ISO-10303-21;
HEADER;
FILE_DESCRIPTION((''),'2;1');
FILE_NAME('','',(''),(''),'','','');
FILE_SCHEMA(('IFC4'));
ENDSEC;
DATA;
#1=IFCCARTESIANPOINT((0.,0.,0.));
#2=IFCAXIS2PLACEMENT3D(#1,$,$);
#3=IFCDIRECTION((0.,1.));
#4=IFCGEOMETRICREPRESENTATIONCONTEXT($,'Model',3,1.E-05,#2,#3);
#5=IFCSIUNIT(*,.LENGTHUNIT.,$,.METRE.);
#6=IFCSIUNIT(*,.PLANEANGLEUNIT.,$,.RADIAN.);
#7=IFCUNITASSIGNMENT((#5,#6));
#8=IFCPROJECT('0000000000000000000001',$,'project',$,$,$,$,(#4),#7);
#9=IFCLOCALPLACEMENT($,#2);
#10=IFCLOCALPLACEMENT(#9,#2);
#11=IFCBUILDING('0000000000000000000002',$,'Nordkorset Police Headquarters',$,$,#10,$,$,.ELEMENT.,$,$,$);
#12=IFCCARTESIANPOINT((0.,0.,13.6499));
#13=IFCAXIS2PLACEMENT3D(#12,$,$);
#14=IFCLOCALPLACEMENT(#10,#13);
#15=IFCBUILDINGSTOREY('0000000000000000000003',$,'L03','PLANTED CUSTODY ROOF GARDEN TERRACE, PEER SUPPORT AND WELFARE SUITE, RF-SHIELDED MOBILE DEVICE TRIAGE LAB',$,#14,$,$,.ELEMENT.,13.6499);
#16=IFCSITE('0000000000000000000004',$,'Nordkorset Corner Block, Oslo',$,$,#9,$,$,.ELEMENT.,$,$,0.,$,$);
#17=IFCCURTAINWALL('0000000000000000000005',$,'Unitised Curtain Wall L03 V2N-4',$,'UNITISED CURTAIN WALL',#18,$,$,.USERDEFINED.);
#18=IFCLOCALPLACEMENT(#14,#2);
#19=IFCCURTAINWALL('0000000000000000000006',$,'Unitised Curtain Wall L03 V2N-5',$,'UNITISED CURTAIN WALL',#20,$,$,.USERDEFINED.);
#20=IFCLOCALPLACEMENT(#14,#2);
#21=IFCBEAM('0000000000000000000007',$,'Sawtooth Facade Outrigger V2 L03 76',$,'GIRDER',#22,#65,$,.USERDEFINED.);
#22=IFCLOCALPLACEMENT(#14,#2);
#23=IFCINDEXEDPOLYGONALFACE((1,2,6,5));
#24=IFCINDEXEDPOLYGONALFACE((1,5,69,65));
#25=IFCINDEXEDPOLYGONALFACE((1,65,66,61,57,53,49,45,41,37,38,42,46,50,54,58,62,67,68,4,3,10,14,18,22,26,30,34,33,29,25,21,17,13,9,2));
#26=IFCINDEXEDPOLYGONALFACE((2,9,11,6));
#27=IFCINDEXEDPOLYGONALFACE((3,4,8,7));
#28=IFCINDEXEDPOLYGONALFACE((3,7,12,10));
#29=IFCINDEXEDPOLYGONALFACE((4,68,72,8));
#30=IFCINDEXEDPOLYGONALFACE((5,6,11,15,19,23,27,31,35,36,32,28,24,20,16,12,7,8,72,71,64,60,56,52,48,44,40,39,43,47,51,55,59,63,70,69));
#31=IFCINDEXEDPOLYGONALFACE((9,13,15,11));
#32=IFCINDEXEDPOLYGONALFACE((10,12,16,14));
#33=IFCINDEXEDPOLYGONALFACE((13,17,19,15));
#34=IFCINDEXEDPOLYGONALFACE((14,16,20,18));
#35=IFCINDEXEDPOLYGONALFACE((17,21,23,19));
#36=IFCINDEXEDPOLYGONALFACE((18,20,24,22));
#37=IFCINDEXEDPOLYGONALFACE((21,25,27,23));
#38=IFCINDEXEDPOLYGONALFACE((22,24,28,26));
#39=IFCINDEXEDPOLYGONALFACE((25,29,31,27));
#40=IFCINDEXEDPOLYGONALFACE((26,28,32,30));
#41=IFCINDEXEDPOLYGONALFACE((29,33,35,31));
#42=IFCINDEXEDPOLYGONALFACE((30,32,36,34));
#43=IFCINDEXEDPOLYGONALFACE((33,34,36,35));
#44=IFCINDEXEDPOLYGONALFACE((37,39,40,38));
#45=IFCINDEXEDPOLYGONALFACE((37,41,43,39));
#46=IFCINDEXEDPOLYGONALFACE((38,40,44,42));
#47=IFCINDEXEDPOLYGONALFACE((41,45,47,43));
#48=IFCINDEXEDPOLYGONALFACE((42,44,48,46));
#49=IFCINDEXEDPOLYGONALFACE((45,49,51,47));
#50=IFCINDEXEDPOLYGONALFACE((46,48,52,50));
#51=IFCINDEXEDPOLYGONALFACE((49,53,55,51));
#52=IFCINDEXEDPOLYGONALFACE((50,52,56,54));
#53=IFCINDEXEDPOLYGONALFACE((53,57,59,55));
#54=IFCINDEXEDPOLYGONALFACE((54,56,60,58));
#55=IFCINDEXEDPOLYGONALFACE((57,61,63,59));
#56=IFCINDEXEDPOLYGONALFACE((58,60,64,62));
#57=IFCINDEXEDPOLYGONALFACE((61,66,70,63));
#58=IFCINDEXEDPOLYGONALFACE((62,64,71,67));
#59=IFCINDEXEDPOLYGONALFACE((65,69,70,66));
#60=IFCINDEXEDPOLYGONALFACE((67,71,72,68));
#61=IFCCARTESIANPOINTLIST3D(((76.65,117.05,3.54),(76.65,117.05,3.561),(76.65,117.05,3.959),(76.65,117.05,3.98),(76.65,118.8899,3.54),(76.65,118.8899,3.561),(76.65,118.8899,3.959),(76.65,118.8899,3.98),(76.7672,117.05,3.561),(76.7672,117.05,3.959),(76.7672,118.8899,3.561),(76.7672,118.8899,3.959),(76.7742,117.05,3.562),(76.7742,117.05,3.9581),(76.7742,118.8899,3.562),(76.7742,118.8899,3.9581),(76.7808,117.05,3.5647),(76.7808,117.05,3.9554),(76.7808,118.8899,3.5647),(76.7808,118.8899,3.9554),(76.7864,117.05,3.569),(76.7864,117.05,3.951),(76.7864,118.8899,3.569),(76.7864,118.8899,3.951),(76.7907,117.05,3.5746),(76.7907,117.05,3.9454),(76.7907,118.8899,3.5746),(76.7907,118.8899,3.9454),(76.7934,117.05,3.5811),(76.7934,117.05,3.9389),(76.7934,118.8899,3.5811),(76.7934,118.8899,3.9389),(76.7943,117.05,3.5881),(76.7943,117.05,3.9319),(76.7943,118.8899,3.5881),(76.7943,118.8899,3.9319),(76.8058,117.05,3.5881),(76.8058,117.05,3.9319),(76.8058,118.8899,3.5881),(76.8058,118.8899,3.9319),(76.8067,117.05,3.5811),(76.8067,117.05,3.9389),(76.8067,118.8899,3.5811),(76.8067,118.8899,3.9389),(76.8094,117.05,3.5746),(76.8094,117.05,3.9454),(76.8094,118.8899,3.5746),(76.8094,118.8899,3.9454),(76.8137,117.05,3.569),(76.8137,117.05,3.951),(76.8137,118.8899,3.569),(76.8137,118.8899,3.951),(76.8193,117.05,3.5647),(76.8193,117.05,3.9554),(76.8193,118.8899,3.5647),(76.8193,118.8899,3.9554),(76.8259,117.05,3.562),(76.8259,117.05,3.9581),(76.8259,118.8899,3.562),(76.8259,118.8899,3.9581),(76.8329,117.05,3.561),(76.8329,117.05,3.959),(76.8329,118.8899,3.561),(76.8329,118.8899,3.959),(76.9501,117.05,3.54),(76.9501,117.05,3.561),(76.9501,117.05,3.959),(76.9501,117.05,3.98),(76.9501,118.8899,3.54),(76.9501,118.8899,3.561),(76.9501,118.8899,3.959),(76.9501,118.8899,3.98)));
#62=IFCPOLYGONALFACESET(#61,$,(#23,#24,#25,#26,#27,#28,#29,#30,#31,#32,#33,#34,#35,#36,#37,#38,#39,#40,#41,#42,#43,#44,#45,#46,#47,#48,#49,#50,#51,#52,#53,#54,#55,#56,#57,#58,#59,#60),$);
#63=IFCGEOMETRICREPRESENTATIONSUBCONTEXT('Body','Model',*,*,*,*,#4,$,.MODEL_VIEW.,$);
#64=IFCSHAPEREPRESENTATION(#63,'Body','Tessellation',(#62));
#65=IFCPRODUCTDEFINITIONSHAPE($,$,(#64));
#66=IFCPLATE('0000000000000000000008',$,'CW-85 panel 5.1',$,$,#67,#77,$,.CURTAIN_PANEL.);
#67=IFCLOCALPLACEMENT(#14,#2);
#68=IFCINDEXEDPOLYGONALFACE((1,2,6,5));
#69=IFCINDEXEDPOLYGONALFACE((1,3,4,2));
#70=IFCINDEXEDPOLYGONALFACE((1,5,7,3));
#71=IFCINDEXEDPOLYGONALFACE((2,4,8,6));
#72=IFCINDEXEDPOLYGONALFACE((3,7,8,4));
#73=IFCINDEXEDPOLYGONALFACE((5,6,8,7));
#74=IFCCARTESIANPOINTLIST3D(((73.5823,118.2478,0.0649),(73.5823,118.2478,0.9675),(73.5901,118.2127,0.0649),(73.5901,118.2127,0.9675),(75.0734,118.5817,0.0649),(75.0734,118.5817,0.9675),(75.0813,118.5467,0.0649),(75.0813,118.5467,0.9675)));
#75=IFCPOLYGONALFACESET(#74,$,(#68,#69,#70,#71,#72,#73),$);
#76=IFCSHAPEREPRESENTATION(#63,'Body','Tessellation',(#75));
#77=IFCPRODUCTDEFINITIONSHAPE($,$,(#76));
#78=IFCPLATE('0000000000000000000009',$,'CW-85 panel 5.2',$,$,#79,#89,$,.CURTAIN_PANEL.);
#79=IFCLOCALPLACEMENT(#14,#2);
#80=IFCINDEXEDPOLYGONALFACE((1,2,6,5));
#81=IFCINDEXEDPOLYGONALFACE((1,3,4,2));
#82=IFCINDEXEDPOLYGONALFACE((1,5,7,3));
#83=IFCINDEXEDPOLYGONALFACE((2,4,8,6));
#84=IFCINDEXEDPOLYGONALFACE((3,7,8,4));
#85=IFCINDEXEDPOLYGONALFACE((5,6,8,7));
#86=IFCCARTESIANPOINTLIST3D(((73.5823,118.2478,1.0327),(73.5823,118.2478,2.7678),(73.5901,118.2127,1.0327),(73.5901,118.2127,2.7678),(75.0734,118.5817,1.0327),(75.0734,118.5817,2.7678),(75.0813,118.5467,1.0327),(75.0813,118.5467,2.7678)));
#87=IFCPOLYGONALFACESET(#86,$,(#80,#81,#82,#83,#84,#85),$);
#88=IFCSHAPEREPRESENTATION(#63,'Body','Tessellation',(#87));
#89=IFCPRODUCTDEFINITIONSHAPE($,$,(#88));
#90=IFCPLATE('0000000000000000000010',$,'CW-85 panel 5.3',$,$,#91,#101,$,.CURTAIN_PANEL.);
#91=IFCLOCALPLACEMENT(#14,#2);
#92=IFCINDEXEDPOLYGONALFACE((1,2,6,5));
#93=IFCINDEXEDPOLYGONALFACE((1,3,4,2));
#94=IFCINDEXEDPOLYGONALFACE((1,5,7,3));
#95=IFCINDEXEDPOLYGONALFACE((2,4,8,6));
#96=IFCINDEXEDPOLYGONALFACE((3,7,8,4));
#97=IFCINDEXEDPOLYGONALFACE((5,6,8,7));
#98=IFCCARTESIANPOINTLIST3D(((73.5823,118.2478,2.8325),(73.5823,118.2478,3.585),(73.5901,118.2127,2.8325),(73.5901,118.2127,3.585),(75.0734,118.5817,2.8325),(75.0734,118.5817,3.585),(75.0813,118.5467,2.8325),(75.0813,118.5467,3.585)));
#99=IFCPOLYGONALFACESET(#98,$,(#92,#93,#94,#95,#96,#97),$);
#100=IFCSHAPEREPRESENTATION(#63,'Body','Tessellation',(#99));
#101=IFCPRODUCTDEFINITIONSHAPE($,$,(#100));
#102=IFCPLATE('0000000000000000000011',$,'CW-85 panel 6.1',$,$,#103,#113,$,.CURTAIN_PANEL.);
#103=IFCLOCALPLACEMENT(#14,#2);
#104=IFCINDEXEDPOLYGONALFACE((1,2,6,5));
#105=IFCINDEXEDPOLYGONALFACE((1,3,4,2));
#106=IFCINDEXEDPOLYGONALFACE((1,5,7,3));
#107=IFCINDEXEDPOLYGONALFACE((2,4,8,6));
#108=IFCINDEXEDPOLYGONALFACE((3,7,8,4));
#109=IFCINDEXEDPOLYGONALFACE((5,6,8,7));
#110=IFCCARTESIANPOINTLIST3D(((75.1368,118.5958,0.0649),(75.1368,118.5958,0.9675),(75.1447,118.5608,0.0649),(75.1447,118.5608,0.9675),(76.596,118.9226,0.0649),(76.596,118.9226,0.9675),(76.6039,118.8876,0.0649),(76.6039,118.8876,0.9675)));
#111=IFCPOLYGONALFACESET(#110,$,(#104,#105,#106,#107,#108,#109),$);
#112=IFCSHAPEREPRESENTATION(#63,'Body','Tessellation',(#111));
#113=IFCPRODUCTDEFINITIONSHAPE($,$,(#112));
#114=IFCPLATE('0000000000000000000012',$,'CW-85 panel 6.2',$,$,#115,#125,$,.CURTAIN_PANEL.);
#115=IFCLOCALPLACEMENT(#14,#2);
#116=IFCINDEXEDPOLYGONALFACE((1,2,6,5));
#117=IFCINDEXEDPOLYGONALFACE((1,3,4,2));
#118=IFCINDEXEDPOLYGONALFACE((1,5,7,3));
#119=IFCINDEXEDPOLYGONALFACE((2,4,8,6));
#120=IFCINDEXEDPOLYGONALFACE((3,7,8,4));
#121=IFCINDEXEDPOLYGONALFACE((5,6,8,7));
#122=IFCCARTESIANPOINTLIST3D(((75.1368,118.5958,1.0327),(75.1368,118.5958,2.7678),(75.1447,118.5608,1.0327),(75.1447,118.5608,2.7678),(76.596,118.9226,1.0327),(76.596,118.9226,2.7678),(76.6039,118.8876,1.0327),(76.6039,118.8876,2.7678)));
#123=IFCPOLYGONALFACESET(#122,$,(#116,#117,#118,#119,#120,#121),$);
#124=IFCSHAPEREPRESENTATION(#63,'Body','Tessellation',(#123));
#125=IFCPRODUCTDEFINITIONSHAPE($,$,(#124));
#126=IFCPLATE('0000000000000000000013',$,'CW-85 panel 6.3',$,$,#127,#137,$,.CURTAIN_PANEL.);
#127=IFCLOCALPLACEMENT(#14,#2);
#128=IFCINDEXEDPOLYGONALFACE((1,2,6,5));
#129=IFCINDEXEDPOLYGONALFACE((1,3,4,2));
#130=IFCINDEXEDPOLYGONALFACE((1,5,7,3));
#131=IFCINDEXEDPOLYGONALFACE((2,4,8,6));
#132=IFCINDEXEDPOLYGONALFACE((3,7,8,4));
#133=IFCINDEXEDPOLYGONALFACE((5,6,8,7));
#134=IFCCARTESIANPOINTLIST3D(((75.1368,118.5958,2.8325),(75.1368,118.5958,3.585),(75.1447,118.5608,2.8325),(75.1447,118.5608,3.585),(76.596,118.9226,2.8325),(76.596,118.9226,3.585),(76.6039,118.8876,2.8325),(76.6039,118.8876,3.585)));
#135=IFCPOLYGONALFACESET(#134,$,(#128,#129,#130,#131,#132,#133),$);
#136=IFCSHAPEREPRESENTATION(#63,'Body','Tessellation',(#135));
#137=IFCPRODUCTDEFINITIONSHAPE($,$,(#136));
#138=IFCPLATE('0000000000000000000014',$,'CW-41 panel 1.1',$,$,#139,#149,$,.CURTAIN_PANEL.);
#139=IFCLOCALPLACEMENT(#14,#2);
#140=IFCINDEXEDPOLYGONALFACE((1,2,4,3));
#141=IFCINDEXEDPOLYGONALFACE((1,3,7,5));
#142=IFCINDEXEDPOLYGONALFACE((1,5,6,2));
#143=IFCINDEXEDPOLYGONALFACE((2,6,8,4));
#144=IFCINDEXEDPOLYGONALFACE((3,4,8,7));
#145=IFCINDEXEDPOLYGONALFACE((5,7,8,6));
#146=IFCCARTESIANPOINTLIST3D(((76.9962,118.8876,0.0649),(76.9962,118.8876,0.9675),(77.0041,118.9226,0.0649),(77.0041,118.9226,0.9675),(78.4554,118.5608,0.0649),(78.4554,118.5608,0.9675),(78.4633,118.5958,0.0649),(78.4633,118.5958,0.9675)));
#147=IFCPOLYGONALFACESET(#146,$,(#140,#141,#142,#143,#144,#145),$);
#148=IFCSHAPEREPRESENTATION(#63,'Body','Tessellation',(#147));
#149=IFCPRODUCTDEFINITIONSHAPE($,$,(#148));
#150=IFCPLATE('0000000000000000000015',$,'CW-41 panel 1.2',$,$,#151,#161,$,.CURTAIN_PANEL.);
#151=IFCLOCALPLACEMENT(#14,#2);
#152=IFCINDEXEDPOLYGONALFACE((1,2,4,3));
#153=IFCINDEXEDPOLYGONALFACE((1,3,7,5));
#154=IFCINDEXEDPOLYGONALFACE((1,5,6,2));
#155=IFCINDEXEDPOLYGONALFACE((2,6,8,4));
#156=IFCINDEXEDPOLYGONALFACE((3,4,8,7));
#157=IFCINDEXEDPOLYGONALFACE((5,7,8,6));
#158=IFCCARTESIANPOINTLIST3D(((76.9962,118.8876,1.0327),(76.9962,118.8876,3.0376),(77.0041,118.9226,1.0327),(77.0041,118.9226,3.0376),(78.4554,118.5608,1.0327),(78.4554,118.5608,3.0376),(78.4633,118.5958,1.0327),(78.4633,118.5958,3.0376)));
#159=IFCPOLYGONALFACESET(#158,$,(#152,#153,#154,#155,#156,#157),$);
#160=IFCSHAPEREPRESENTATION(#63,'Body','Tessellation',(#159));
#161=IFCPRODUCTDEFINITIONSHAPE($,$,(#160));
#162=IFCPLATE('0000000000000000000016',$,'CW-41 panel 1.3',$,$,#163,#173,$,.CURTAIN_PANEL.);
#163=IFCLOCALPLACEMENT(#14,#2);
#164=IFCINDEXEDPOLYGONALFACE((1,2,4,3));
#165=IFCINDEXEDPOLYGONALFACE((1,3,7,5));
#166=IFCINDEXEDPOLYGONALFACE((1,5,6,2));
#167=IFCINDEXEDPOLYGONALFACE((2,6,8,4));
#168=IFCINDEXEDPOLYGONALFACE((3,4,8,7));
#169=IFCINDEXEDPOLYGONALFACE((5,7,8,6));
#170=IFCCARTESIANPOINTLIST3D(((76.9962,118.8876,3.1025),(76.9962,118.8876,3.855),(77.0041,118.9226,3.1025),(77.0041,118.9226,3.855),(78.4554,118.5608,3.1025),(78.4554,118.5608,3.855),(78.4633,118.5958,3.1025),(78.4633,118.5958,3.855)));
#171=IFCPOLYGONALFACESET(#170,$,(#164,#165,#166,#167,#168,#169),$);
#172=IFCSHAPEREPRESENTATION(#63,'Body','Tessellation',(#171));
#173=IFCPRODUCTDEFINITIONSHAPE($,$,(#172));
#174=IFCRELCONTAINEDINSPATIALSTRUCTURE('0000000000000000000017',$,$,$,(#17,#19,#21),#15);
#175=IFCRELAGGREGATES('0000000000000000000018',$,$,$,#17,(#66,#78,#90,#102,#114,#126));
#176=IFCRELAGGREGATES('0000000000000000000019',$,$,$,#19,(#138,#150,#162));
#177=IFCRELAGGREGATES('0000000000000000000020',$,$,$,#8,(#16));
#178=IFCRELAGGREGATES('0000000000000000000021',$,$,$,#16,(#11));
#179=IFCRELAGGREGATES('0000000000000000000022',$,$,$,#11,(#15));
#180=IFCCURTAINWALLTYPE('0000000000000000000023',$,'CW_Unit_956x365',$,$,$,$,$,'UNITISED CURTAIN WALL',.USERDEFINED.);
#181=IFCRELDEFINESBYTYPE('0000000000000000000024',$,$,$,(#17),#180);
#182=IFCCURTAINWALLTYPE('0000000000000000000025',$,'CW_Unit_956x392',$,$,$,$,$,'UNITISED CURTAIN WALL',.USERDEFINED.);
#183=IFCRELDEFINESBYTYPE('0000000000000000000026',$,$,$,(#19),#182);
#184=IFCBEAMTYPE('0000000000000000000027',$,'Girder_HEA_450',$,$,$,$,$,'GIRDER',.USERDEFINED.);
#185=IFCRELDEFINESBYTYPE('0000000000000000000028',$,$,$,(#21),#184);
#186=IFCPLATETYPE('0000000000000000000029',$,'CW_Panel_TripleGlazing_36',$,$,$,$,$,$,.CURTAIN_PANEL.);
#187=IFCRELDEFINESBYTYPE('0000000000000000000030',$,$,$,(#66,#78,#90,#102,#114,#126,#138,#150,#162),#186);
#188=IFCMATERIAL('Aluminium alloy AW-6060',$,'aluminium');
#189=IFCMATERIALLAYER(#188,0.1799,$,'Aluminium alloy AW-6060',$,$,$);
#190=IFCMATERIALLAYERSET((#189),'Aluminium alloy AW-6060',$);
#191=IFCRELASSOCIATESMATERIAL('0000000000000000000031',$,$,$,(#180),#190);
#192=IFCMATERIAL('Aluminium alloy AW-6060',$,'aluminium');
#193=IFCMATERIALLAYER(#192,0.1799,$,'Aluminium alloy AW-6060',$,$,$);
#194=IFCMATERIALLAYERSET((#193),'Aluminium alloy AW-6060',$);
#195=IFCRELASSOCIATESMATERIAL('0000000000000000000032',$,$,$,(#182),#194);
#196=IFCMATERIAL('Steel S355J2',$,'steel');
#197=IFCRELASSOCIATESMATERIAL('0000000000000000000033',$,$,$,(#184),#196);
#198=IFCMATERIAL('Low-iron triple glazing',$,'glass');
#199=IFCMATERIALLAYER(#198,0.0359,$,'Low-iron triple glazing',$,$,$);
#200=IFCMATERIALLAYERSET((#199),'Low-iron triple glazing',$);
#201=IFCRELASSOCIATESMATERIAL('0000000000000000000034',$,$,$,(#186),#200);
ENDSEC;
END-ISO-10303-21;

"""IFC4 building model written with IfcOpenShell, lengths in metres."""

from ifc_helpers import new_model, si_unit, direction, frame, origin, origin_2d, place, context, subcontext, project, spatial, rectangle, i_section, extrude, material, layer, layer_set, material_profile, profile_set, type_object, element, aggregate, save


model = new_model("IFC4")

# Units and contexts
model_context = context("Model", 3, precision=1e-05, world=origin(), true_north=direction((0.0, 1.0)))
body_context = subcontext(model_context, "Body", "Model", "MODEL_VIEW")
ifc_project = project(units=[si_unit("LENGTHUNIT", "METRE"), si_unit("PLANEANGLEUNIT", "RADIAN")], contexts=[model_context])

# Site, building, storey
site_placement = place(None, origin())
site = spatial("IfcSite", under=ifc_project, at=site_placement, Name="Nordkorset Corner Block, Oslo", CompositionType="ELEMENT", RefElevation=0.0)
building_placement = place(site_placement, origin())
building = spatial("IfcBuilding", under=site, at=building_placement, Name="Nordkorset Police Headquarters", CompositionType="ELEMENT")
storey_placement = place(building_placement, frame((0.0, 0.0, 13.6499)))
storey = spatial("IfcBuildingStorey", under=building, at=storey_placement, Name="L03", Description="PLANTED CUSTODY ROOF GARDEN TERRACE, PEER SUPPORT AND WELFARE SUITE, RF-SHIELDED MOBILE DEVICE TRIAGE LAB", CompositionType="ELEMENT", Elevation=13.6499)

# Curtain walls
ifc_material_1 = material(Name="Aluminium alloy AW-6060", Category="aluminium")
ifc_layer_1 = layer(ifc_material_1, 0.1799, Name="Aluminium alloy AW-6060")
ifc_layer_set_1 = layer_set([ifc_layer_1], Name="Aluminium alloy AW-6060")
curtain_wall_type_1 = type_object("IfcCurtainWallType", Name="CW_Unit_956x365", ElementType="UNITISED CURTAIN WALL", PredefinedType="USERDEFINED", material=ifc_layer_set_1)
curtain_wall_1_placement = place(storey_placement, origin())
curtain_wall_1 = element("IfcCurtainWall", 1, at=curtain_wall_1_placement, inside=storey, type_object=curtain_wall_type_1, Name="Unitised Curtain Wall L03 V2N-4", ObjectType="UNITISED CURTAIN WALL", PredefinedType="USERDEFINED")
ifc_material_2 = material(Name="Aluminium alloy AW-6060", Category="aluminium")
ifc_layer_2 = layer(ifc_material_2, 0.1799, Name="Aluminium alloy AW-6060")
ifc_layer_set_2 = layer_set([ifc_layer_2], Name="Aluminium alloy AW-6060")
curtain_wall_type_2 = type_object("IfcCurtainWallType", Name="CW_Unit_956x392", ElementType="UNITISED CURTAIN WALL", PredefinedType="USERDEFINED", material=ifc_layer_set_2)
curtain_wall_2_placement = place(storey_placement, origin())
curtain_wall_2 = element("IfcCurtainWall", 2, at=curtain_wall_2_placement, inside=storey, type_object=curtain_wall_type_2, Name="Unitised Curtain Wall L03 V2N-5", ObjectType="UNITISED CURTAIN WALL", PredefinedType="USERDEFINED")

# Beam
ifc_material_3 = material(Name="Steel S355J2", Category="steel")
ifc_material_profile_1 = material_profile(ifc_material_3, i_section(OverallWidth=0.3, OverallDepth=0.4399, WebThickness=0.0115, FlangeThickness=0.021, FilletRadius=0.0271, at=origin_2d()), Name="HEA 450")
ifc_profile_set_1 = profile_set([ifc_material_profile_1], Name="Steel S355J2")
beam_type = type_object("IfcBeamType", Name="Girder_HEA_450", ElementType="GIRDER", PredefinedType="USERDEFINED", material=ifc_profile_set_1)
beam_placement = place(storey_placement, frame((76.8, 117.05, 3.76), z_axis=(0.0, 1.0, 0.0), x_axis=(-1.0, 0.0, 0.0)))
element("IfcBeam", 3, at=beam_placement, inside=storey, type_object=beam_type, Name="Sawtooth Facade Outrigger V2 L03 76", ObjectType="GIRDER", PredefinedType="USERDEFINED", context=body_context, shape_type="SweptSolid", body=[
    extrude(i_section(OverallWidth=0.3, OverallDepth=0.4399, WebThickness=0.0115, FlangeThickness=0.021, FilletRadius=0.0271, at=origin_2d()), origin(), (0.0, 0.0, 1.0), 1.8398),
])

# Plates
ifc_material_4 = material(Name="Low-iron triple glazing", Category="glass")
ifc_layer_3 = layer(ifc_material_4, 0.0359, Name="Low-iron triple glazing")
ifc_layer_set_3 = layer_set([ifc_layer_3], Name="Low-iron triple glazing")
plate_type = type_object("IfcPlateType", Name="CW_Panel_TripleGlazing_36", PredefinedType="CURTAIN_PANEL", material=ifc_layer_set_3)
plate_1_placement = place(storey_placement, frame((74.3318, 118.3972, 0.0649), z_axis=(0.0, 0.0, 1.0), x_axis=(0.975827, 0.218544, 0.0)))
plate_1 = element("IfcPlate", 4, at=plate_1_placement, type_object=plate_type, Name="CW-85 panel 5.1", PredefinedType="CURTAIN_PANEL", context=body_context, shape_type="SweptSolid", body=[
    extrude(rectangle(XDim=1.5281, YDim=0.0359, at=origin_2d()), origin(), (0.0, 0.0, 1.0), 0.9026),
])
plate_2_placement = place(storey_placement, frame((74.3318, 118.3972, 1.0327), z_axis=(0.0, 0.0, 1.0), x_axis=(0.975827, 0.218544, 0.0)))
plate_2 = element("IfcPlate", 5, at=plate_2_placement, type_object=plate_type, Name="CW-85 panel 5.2", PredefinedType="CURTAIN_PANEL", context=body_context, shape_type="SweptSolid", body=[
    extrude(rectangle(XDim=1.5281, YDim=0.0359, at=origin_2d()), origin(), (0.0, 0.0, 1.0), 1.7351),
])
plate_3_placement = place(storey_placement, frame((74.3318, 118.3972, 2.8325), z_axis=(0.0, 0.0, 1.0), x_axis=(0.975827, 0.218544, 0.0)))
plate_3 = element("IfcPlate", 6, at=plate_3_placement, type_object=plate_type, Name="CW-85 panel 5.3", PredefinedType="CURTAIN_PANEL", context=body_context, shape_type="SweptSolid", body=[
    extrude(rectangle(XDim=1.5281, YDim=0.0359, at=origin_2d()), origin(), (0.0, 0.0, 1.0), 0.7524),
])
plate_4_placement = place(storey_placement, frame((75.8704, 118.7417, 0.0649), z_axis=(0.0, 0.0, 1.0), x_axis=(0.975827, 0.218544, 0.0)))
plate_4 = element("IfcPlate", 7, at=plate_4_placement, type_object=plate_type, Name="CW-85 panel 6.1", PredefinedType="CURTAIN_PANEL", context=body_context, shape_type="SweptSolid", body=[
    extrude(rectangle(XDim=1.4954, YDim=0.0359, at=origin_2d()), origin(), (0.0, 0.0, 1.0), 0.9026),
])
plate_5_placement = place(storey_placement, frame((75.8704, 118.7417, 1.0327), z_axis=(0.0, 0.0, 1.0), x_axis=(0.975827, 0.218544, 0.0)))
plate_5 = element("IfcPlate", 8, at=plate_5_placement, type_object=plate_type, Name="CW-85 panel 6.2", PredefinedType="CURTAIN_PANEL", context=body_context, shape_type="SweptSolid", body=[
    extrude(rectangle(XDim=1.4954, YDim=0.0359, at=origin_2d()), origin(), (0.0, 0.0, 1.0), 1.7351),
])
plate_6_placement = place(storey_placement, frame((75.8704, 118.7417, 2.8325), z_axis=(0.0, 0.0, 1.0), x_axis=(0.975827, 0.218544, 0.0)))
plate_6 = element("IfcPlate", 9, at=plate_6_placement, type_object=plate_type, Name="CW-85 panel 6.3", PredefinedType="CURTAIN_PANEL", context=body_context, shape_type="SweptSolid", body=[
    extrude(rectangle(XDim=1.4954, YDim=0.0359, at=origin_2d()), origin(), (0.0, 0.0, 1.0), 0.7524),
])
aggregate(curtain_wall_1, [plate_1, plate_2, plate_3, plate_4, plate_5, plate_6])
plate_7_placement = place(storey_placement, frame((77.7297, 118.7417, 0.0649), z_axis=(0.0, 0.0, 1.0), x_axis=(0.975827, -0.218544, 0.0)))
plate_7 = element("IfcPlate", 10, at=plate_7_placement, type_object=plate_type, Name="CW-41 panel 1.1", PredefinedType="CURTAIN_PANEL", context=body_context, shape_type="SweptSolid", body=[
    extrude(rectangle(XDim=1.4954, YDim=0.0359, at=origin_2d()), origin(), (0.0, 0.0, 1.0), 0.9026),
])
plate_8_placement = place(storey_placement, frame((77.7297, 118.7417, 1.0327), z_axis=(0.0, 0.0, 1.0), x_axis=(0.975827, -0.218544, 0.0)))
plate_8 = element("IfcPlate", 11, at=plate_8_placement, type_object=plate_type, Name="CW-41 panel 1.2", PredefinedType="CURTAIN_PANEL", context=body_context, shape_type="SweptSolid", body=[
    extrude(rectangle(XDim=1.4954, YDim=0.0359, at=origin_2d()), origin(), (0.0, 0.0, 1.0), 2.0049),
])
plate_9_placement = place(storey_placement, frame((77.7297, 118.7417, 3.1025), z_axis=(0.0, 0.0, 1.0), x_axis=(0.975827, -0.218544, 0.0)))
plate_9 = element("IfcPlate", 12, at=plate_9_placement, type_object=plate_type, Name="CW-41 panel 1.3", PredefinedType="CURTAIN_PANEL", context=body_context, shape_type="SweptSolid", body=[
    extrude(rectangle(XDim=1.4954, YDim=0.0359, at=origin_2d()), origin(), (0.0, 0.0, 1.0), 0.7524),
])
aggregate(curtain_wall_2, [plate_7, plate_8, plate_9])

save(model, "model.ifc")
